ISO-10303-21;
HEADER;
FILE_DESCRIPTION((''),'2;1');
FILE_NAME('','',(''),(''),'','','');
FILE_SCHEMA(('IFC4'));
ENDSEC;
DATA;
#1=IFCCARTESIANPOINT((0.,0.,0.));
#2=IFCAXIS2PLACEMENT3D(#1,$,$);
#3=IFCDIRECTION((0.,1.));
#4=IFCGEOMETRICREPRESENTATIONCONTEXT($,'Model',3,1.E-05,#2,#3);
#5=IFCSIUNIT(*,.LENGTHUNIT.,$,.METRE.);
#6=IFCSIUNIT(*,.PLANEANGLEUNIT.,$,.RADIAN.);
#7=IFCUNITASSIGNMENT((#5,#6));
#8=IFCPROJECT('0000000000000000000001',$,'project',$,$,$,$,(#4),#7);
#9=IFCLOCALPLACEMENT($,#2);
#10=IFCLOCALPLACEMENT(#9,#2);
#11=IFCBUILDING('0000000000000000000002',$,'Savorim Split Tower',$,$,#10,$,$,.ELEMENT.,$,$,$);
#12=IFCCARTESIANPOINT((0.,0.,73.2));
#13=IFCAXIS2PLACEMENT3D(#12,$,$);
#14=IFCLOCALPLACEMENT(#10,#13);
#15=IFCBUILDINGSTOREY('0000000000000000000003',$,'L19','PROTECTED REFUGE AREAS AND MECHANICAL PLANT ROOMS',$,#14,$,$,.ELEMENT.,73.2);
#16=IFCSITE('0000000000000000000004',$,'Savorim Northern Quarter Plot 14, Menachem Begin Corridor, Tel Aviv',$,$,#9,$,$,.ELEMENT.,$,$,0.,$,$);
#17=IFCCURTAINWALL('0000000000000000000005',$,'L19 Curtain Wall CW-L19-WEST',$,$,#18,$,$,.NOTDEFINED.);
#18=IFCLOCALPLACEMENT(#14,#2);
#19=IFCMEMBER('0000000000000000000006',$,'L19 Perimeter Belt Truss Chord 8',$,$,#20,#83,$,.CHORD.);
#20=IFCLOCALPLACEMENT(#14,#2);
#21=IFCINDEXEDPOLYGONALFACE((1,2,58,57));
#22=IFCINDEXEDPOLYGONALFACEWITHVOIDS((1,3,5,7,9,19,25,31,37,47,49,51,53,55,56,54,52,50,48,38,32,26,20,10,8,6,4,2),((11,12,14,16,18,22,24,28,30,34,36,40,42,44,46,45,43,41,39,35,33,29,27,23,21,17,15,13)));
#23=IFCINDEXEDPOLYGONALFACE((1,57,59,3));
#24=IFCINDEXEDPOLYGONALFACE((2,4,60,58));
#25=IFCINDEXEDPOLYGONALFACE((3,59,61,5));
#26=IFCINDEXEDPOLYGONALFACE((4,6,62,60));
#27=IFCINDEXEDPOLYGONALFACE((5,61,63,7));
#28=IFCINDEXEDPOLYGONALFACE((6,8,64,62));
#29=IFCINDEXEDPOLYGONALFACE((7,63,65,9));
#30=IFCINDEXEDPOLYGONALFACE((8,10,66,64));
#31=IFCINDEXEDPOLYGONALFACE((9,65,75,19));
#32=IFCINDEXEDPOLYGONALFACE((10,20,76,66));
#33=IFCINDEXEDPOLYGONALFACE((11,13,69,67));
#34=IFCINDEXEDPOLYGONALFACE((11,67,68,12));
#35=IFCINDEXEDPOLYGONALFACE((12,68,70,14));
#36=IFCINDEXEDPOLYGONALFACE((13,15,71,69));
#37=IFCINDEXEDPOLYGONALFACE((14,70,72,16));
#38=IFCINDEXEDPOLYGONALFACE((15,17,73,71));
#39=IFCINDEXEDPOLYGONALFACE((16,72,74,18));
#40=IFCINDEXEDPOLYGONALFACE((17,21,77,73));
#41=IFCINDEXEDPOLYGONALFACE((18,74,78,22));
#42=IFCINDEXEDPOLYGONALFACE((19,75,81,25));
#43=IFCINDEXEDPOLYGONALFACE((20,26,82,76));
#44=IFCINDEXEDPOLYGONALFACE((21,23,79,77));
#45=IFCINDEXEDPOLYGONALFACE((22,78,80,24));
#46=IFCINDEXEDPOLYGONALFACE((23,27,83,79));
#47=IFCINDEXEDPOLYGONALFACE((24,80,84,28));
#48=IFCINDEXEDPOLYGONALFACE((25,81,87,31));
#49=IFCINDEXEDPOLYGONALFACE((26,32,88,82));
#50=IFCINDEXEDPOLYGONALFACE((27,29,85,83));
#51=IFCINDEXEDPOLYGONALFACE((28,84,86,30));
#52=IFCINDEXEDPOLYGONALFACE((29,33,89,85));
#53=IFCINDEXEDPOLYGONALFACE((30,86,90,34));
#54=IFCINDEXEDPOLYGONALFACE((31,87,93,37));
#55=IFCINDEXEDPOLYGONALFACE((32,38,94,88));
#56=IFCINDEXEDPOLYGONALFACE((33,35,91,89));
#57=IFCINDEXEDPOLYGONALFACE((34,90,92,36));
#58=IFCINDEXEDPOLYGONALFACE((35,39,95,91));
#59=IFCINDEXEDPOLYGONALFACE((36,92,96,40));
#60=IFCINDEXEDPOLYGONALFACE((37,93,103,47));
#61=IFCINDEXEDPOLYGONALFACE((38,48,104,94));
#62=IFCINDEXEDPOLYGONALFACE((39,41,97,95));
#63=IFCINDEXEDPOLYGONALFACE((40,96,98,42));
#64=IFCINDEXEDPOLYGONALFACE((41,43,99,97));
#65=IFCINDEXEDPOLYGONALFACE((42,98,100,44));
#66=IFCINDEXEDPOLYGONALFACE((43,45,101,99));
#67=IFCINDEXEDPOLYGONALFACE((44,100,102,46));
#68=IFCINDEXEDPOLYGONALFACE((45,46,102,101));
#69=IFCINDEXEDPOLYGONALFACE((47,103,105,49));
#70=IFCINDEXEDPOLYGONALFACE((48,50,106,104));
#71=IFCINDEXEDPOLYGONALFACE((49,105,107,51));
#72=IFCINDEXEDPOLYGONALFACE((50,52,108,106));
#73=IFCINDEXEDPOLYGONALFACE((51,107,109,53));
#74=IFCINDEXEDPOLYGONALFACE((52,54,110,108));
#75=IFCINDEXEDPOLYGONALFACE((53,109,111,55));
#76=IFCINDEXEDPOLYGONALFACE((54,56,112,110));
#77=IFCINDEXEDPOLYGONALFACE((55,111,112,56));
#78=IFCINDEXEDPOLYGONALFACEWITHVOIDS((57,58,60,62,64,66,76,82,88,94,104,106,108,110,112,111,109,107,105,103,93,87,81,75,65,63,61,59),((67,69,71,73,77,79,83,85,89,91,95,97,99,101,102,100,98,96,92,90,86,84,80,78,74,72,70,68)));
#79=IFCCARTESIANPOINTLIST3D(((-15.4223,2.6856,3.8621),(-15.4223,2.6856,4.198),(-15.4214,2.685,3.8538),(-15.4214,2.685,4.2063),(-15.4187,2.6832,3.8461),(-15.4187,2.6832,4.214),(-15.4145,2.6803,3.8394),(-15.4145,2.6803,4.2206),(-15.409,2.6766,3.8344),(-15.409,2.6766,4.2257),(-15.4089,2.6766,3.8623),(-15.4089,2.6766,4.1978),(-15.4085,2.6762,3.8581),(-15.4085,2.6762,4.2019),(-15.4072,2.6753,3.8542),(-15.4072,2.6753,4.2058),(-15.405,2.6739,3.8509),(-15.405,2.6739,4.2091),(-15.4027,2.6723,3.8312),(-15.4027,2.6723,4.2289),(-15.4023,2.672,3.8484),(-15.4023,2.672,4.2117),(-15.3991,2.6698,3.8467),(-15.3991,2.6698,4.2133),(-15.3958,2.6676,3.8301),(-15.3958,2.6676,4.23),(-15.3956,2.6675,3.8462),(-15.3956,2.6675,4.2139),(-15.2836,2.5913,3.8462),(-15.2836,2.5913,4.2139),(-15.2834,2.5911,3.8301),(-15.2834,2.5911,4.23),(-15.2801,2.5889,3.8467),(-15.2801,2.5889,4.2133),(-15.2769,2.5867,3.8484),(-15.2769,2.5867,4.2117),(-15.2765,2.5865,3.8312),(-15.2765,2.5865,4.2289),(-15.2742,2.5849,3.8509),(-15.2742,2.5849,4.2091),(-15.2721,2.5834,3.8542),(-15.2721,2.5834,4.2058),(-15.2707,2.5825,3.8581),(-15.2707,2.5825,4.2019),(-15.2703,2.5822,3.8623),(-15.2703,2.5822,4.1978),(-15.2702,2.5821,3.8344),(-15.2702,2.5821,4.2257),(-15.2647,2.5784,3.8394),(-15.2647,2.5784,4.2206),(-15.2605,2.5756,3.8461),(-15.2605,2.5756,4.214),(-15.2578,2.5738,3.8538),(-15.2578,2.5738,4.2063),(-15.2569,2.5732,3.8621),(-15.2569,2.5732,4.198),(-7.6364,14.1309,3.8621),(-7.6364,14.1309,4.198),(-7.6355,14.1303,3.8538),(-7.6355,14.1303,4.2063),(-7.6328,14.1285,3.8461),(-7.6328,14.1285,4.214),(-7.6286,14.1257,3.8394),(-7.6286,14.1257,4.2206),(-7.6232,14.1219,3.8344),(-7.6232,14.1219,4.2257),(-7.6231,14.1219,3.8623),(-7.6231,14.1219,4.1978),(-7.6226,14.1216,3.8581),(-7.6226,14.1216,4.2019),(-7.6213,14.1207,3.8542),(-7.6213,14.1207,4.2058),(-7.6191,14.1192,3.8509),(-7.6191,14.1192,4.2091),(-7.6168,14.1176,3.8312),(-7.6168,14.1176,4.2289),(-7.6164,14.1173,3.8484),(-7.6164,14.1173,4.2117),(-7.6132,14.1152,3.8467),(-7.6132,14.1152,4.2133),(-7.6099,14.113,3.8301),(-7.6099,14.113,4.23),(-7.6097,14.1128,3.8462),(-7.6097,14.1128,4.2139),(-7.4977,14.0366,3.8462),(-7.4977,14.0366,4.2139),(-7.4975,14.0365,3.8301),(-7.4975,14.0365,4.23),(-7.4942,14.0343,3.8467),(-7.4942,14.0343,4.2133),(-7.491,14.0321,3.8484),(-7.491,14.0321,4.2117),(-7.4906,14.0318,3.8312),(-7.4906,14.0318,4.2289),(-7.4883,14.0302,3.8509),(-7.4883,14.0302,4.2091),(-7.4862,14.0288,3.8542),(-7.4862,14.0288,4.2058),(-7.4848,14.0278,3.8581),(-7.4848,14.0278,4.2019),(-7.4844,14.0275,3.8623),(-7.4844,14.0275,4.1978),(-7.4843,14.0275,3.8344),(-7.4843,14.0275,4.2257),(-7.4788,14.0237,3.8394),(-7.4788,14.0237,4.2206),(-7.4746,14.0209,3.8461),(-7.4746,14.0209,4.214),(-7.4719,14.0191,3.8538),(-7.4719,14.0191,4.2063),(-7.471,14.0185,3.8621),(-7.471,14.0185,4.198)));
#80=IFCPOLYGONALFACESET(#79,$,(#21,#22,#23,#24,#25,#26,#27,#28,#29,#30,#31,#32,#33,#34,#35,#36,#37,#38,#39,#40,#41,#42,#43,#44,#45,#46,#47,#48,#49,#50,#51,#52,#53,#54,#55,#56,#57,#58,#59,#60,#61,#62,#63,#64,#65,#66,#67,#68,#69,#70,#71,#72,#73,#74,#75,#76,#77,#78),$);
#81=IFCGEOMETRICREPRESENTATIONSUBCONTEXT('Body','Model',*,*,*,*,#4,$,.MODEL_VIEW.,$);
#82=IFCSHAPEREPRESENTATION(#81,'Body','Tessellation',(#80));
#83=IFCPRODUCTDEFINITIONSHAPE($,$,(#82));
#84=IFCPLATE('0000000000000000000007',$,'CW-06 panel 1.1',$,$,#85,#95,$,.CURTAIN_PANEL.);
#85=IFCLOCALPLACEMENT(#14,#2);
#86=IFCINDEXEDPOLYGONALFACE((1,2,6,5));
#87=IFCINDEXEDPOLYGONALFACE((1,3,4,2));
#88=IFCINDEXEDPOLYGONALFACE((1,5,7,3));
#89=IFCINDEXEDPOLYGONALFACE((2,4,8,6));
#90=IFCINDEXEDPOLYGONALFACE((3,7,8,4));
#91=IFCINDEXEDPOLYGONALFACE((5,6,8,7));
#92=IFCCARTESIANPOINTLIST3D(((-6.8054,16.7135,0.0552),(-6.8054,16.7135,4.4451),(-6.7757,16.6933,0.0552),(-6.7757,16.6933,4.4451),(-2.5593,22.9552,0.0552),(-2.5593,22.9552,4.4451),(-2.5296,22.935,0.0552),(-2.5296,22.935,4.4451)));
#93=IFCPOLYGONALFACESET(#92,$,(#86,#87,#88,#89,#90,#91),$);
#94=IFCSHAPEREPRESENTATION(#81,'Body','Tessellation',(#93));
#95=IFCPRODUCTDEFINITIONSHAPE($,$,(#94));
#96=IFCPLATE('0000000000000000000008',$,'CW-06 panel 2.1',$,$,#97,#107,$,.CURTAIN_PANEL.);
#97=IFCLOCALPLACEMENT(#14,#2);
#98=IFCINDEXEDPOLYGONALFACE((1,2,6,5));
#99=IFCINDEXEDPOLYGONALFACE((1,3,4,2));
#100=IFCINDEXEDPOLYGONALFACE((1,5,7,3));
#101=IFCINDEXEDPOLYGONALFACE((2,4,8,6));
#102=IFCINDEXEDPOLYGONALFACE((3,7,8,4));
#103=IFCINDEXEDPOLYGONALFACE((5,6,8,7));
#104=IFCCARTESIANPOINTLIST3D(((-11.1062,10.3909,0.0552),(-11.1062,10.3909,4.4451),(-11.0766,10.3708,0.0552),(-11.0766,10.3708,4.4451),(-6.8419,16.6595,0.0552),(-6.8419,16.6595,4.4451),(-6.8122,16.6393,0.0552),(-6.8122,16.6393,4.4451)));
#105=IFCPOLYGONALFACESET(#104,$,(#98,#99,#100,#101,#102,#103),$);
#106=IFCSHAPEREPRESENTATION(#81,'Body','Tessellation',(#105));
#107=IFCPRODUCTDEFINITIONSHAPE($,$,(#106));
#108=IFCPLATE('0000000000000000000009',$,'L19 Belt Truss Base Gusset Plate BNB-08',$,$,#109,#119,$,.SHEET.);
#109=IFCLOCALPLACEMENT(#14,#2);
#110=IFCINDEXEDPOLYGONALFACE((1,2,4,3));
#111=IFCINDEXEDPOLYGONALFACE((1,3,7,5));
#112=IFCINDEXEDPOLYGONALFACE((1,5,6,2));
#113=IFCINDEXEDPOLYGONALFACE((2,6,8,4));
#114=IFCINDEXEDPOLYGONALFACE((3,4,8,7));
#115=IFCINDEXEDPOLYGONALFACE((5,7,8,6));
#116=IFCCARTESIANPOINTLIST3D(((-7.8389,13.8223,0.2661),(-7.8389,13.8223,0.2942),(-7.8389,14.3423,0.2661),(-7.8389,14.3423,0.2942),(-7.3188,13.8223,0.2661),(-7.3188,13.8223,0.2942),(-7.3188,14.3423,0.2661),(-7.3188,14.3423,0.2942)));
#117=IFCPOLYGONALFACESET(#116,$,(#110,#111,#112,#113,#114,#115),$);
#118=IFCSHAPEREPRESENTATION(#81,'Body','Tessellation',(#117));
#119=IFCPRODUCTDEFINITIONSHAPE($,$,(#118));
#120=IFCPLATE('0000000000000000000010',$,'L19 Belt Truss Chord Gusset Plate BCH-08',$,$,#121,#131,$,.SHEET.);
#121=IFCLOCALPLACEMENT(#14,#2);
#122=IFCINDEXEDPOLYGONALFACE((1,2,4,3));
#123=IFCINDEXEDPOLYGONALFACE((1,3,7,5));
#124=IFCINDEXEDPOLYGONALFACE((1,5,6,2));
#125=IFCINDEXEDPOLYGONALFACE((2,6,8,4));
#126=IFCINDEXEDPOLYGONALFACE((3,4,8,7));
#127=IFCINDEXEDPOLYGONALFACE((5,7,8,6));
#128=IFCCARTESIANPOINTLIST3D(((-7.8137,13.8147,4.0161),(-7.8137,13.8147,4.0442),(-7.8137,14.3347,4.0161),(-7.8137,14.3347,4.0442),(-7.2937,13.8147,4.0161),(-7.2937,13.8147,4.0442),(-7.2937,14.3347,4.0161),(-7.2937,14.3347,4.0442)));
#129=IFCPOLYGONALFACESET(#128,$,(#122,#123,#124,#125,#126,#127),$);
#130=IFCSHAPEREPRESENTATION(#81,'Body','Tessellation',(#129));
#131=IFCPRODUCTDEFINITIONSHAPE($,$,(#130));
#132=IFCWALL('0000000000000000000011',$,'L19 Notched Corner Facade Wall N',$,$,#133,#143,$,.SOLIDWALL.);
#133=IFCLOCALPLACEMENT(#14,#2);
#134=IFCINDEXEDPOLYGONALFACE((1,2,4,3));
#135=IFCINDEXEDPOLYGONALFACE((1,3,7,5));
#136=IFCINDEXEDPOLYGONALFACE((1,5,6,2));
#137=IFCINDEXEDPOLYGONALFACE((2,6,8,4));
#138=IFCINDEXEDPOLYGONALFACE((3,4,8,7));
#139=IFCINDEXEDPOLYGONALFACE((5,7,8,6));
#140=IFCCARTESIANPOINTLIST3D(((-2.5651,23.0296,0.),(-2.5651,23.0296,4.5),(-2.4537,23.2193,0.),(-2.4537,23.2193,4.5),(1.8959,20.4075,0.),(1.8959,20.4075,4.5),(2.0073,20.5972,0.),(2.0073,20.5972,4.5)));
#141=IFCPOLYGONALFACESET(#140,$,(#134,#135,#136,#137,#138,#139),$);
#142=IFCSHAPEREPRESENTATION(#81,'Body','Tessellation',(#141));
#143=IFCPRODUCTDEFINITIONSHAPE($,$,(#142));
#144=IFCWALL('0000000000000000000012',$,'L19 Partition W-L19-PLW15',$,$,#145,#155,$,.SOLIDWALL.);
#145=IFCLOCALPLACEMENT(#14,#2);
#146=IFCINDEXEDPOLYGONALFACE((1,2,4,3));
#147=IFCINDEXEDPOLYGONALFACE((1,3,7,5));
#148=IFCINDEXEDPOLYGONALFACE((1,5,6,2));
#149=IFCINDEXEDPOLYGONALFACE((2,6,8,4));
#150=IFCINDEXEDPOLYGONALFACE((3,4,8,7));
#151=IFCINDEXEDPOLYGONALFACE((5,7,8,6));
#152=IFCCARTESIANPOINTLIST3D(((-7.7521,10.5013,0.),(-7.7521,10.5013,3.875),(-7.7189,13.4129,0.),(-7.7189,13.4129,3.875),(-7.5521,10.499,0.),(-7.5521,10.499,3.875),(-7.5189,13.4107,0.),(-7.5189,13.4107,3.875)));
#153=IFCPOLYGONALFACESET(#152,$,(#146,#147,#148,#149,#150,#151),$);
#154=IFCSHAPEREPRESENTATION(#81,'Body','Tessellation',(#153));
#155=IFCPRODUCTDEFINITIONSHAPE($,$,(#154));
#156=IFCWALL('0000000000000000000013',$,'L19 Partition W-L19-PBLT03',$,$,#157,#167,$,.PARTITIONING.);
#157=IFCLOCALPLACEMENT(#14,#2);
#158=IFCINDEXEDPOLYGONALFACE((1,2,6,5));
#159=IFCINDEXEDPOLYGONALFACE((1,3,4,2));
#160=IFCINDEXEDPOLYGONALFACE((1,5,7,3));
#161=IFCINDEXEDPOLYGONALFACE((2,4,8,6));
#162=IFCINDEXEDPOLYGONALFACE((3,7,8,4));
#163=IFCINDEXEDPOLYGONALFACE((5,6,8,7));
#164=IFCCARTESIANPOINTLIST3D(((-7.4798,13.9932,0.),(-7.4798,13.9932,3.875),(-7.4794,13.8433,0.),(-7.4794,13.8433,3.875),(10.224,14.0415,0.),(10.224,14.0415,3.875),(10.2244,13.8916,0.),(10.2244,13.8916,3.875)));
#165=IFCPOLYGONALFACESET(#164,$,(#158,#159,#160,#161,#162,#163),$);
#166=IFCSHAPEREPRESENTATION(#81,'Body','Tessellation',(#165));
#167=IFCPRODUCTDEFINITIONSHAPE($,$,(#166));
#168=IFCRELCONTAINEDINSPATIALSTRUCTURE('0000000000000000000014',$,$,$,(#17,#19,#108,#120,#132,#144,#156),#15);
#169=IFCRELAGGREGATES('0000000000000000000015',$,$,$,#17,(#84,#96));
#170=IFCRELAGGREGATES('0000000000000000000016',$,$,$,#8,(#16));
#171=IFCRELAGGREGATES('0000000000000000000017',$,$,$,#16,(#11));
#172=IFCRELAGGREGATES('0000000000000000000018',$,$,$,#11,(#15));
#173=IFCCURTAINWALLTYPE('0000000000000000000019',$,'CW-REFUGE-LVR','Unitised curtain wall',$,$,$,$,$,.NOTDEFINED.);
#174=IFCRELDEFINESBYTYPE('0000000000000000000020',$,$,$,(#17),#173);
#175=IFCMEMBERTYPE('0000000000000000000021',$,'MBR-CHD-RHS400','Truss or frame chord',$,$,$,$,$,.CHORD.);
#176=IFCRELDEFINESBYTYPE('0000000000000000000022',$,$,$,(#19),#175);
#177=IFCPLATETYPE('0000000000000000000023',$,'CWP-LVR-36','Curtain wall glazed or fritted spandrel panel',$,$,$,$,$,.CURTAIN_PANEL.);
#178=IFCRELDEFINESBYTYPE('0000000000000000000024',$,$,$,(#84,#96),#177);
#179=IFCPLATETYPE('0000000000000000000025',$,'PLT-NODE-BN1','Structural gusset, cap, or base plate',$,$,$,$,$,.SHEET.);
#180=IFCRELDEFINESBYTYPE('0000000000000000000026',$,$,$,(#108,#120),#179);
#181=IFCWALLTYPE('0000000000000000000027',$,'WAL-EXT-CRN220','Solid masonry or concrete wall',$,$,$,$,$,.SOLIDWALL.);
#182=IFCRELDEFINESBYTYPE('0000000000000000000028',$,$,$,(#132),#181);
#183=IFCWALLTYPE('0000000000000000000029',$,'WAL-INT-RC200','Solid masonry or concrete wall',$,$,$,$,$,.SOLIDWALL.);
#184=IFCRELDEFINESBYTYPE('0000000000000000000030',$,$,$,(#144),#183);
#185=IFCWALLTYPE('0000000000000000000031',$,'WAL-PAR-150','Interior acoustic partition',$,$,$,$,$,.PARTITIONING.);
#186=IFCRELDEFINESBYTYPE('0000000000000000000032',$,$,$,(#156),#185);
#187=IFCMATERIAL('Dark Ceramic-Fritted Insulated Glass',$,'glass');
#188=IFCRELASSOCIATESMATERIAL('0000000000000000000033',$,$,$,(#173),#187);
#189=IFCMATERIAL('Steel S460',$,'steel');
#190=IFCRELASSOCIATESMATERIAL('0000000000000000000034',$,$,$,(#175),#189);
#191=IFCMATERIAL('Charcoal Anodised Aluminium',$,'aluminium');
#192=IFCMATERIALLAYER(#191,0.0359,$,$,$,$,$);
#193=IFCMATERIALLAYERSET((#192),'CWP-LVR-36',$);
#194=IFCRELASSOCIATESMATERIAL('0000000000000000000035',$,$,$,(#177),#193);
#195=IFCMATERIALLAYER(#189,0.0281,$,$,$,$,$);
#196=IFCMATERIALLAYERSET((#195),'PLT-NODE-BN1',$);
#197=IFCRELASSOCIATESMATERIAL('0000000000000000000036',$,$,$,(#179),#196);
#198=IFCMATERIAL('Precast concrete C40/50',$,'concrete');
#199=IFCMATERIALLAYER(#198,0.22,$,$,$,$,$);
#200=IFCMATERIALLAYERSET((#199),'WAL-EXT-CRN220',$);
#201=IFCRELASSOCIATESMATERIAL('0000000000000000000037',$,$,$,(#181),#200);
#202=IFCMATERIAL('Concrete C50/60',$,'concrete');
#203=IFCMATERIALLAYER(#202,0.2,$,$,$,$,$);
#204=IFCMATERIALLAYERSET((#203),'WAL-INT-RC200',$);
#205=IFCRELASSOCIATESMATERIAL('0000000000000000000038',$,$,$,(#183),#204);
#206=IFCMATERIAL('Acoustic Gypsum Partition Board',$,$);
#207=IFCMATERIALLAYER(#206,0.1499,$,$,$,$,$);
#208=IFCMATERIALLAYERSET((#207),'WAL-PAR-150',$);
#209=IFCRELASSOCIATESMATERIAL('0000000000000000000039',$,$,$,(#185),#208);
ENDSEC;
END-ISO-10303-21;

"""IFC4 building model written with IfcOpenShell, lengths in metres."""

from ifc_helpers import new_model, si_unit, direction, frame, frame_2d, origin, origin_2d, place, context, subcontext, project, spatial, rectangle, hollow_rectangle, extrude, material, layer, layer_set, material_profile, profile_set, type_object, element, aggregate, save


model = new_model("IFC4")

# Units and contexts
model_context = context("Model", 3, precision=1e-05, world=origin(), true_north=direction((0.0, 1.0)))
body_context = subcontext(model_context, "Body", "Model", "MODEL_VIEW")
ifc_project = project(units=[si_unit("LENGTHUNIT", "METRE"), si_unit("PLANEANGLEUNIT", "RADIAN")], contexts=[model_context])

# Site, building, storey
site_placement = place(None, origin())
site = spatial("IfcSite", under=ifc_project, at=site_placement, Name="Savorim Northern Quarter Plot 14, Menachem Begin Corridor, Tel Aviv", CompositionType="ELEMENT", RefElevation=0.0)
building_placement = place(site_placement, origin())
building = spatial("IfcBuilding", under=site, at=building_placement, Name="Savorim Split Tower", CompositionType="ELEMENT")
storey_placement = place(building_placement, frame((0.0, 0.0, 73.2)))
storey = spatial("IfcBuildingStorey", under=building, at=storey_placement, Name="L19", Description="PROTECTED REFUGE AREAS AND MECHANICAL PLANT ROOMS", CompositionType="ELEMENT", Elevation=73.2)

# Shared definitions
ifc_material_1 = material(Name="Steel S460", Category="steel")

# Curtain wall
ifc_material_2 = material(Name="Dark Ceramic-Fritted Insulated Glass", Category="glass")
curtain_wall_type = type_object("IfcCurtainWallType", Name="CW-REFUGE-LVR", Description="Unitised curtain wall", PredefinedType="NOTDEFINED", material=ifc_material_2)
curtain_wall_placement = place(storey_placement, origin())
curtain_wall = element("IfcCurtainWall", 1, at=curtain_wall_placement, inside=storey, type_object=curtain_wall_type, Name="L19 Curtain Wall CW-L19-WEST", PredefinedType="NOTDEFINED")
ifc_material_3 = material(Name="Charcoal Anodised Aluminium", Category="aluminium")

# Member
ifc_material_profile_1 = material_profile(ifc_material_1, hollow_rectangle(XDim=0.2, YDim=0.3999, WallThickness=0.0161, InnerFilletRadius=0.0161, OuterFilletRadius=0.032, at=origin_2d()), Name="RHS 400x200x16")
ifc_profile_set_1 = profile_set([ifc_material_profile_1], Name="Steel S460")
member_type_1 = type_object("IfcMemberType", Name="MBR-CHD-RHS400", Description="Truss or frame chord", PredefinedType="CHORD", material=ifc_profile_set_1)
member_1_placement = place(storey_placement, frame((-7.5537, 14.0747, 4.03), z_axis=(-0.562462, -0.826823, 0.0), x_axis=(0.826823, -0.562462, 0.0)))
element("IfcMember", 2, at=member_1_placement, inside=storey, type_object=member_type_1, Name="L19 Perimeter Belt Truss Chord 8", PredefinedType="CHORD", context=body_context, shape_type="SweptSolid", body=[
    extrude(hollow_rectangle(XDim=0.2, YDim=0.3999, WallThickness=0.0161, InnerFilletRadius=0.0161, OuterFilletRadius=0.032, at=origin_2d()), origin(), (0.0, 0.0, 1.0), 13.8425),
])

# Plates
ifc_layer_1 = layer(ifc_material_3, 0.0359)
ifc_layer_set_1 = layer_set([ifc_layer_1], Name="CWP-LVR-36")
plate_type_1 = type_object("IfcPlateType", Name="CWP-LVR-36", Description="Curtain wall glazed or fritted spandrel panel", PredefinedType="CURTAIN_PANEL", material=ifc_layer_set_1)
plate_1_placement = place(storey_placement, frame((-4.6675, 19.8242, 0.0552), z_axis=(0.0, 0.0, 1.0), x_axis=(-0.562467, -0.82682, 0.0)))
plate_1 = element("IfcPlate", 3, at=plate_1_placement, type_object=plate_type_1, Name="CW-06 panel 1.1", PredefinedType="CURTAIN_PANEL", context=body_context, shape_type="SweptSolid", body=[
    extrude(rectangle(XDim=7.5491, YDim=0.0359, at=origin_2d()), origin(), (0.0, 0.0, 1.0), 4.3899),
])
plate_2_placement = place(storey_placement, frame((-8.9592, 13.5151, 0.0552), z_axis=(0.0, 0.0, 1.0), x_axis=(-0.562467, -0.82682, 0.0)))
plate_2 = element("IfcPlate", 4, at=plate_2_placement, type_object=plate_type_1, Name="CW-06 panel 2.1", PredefinedType="CURTAIN_PANEL", context=body_context, shape_type="SweptSolid", body=[
    extrude(rectangle(XDim=7.5815, YDim=0.0359, at=origin_2d()), origin(), (0.0, 0.0, 1.0), 4.3899),
])
aggregate(curtain_wall, [plate_1, plate_2])

# Plates
ifc_layer_2 = layer(ifc_material_1, 0.0281)
ifc_layer_set_2 = layer_set([ifc_layer_2], Name="PLT-NODE-BN1")
plate_type_2 = type_object("IfcPlateType", Name="PLT-NODE-BN1", Description="Structural gusset, cap, or base plate", PredefinedType="SHEET", material=ifc_layer_set_2)
for number, where, z_axis, x_axis, name in (
    (5, (-7.5789, 14.0823, 0.2661), (0.0, 0.0, 1.0), (1.0, 0.0, 0.0), "L19 Belt Truss Base Gusset Plate BNB-08"),
    (6, (-7.5537, 14.0747, 4.0161), (0.0, 0.0, 1.0), (1.0, 0.0, 0.0), "L19 Belt Truss Chord Gusset Plate BCH-08"),
):
    element("IfcPlate", number, at=place(storey_placement, frame(where, z_axis=z_axis, x_axis=x_axis)), inside=storey, type_object=plate_type_2, Name=name, PredefinedType="SHEET", context=body_context, shape_type="SweptSolid", body=[
        extrude(rectangle(XDim=0.52, YDim=0.52, at=origin_2d()), origin(), (0.0, 0.0, 1.0), 0.0281),
    ])

# Walls
ifc_material_4 = material(Name="Precast concrete C40/50", Category="concrete")
ifc_layer_3 = layer(ifc_material_4, 0.22)
ifc_layer_set_3 = layer_set([ifc_layer_3], Name="WAL-EXT-CRN220")
wall_type_1 = type_object("IfcWallType", Name="WAL-EXT-CRN220", Description="Solid masonry or concrete wall", PredefinedType="SOLIDWALL", material=ifc_layer_set_3)
wall_1_placement = place(storey_placement, frame((-2.5095, 23.1245, 0.0), z_axis=(0.0, 0.0, 1.0), x_axis=(0.862104, -0.506731, 0.0)))
element("IfcWall", 7, at=wall_1_placement, inside=storey, type_object=wall_type_1, Name="L19 Notched Corner Facade Wall N", PredefinedType="SOLIDWALL", context=body_context, shape_type="SweptSolid", body=[
    extrude(rectangle(XDim=5.1746, YDim=0.22, at=frame_2d((2.5874, 0.0))), origin(), (0.0, 0.0, 1.0), 4.5),
])
ifc_material_5 = material(Name="Concrete C50/60", Category="concrete")
ifc_layer_4 = layer(ifc_material_5, 0.2)
ifc_layer_set_4 = layer_set([ifc_layer_4], Name="WAL-INT-RC200")
wall_type_2 = type_object("IfcWallType", Name="WAL-INT-RC200", Description="Solid masonry or concrete wall", PredefinedType="SOLIDWALL", material=ifc_layer_set_4)
wall_2_placement = place(storey_placement, frame((-7.6521, 10.5, 0.0), z_axis=(0.0, 0.0, 1.0), x_axis=(0.011403, 0.999935, 0.0)))
element("IfcWall", 8, at=wall_2_placement, inside=storey, type_object=wall_type_2, Name="L19 Partition W-L19-PLW15", PredefinedType="SOLIDWALL", context=body_context, shape_type="SweptSolid", body=[
    extrude(rectangle(XDim=2.9119, YDim=0.2, at=frame_2d((1.4561, 0.0))), origin(), (0.0, 0.0, 1.0), 3.875),
])
ifc_material_6 = material(Name="Acoustic Gypsum Partition Board")
ifc_layer_5 = layer(ifc_material_6, 0.1499)
ifc_layer_set_5 = layer_set([ifc_layer_5], Name="WAL-PAR-150")
wall_type_3 = type_object("IfcWallType", Name="WAL-PAR-150", Description="Interior acoustic partition", PredefinedType="PARTITIONING", material=ifc_layer_set_5)
wall_3_placement = place(storey_placement, frame((-7.4797, 13.9182, 0.0), z_axis=(0.0, 0.0, 1.0), x_axis=(0.999996, 0.00273, 0.0)))
element("IfcWall", 9, at=wall_3_placement, inside=storey, type_object=wall_type_3, Name="L19 Partition W-L19-PBLT03", PredefinedType="PARTITIONING", context=body_context, shape_type="SweptSolid", body=[
    extrude(rectangle(XDim=17.7039, YDim=0.1499, at=frame_2d((8.8521, 0.0))), origin(), (0.0, 0.0, 1.0), 3.875),
])

save(model, "model.ifc")
